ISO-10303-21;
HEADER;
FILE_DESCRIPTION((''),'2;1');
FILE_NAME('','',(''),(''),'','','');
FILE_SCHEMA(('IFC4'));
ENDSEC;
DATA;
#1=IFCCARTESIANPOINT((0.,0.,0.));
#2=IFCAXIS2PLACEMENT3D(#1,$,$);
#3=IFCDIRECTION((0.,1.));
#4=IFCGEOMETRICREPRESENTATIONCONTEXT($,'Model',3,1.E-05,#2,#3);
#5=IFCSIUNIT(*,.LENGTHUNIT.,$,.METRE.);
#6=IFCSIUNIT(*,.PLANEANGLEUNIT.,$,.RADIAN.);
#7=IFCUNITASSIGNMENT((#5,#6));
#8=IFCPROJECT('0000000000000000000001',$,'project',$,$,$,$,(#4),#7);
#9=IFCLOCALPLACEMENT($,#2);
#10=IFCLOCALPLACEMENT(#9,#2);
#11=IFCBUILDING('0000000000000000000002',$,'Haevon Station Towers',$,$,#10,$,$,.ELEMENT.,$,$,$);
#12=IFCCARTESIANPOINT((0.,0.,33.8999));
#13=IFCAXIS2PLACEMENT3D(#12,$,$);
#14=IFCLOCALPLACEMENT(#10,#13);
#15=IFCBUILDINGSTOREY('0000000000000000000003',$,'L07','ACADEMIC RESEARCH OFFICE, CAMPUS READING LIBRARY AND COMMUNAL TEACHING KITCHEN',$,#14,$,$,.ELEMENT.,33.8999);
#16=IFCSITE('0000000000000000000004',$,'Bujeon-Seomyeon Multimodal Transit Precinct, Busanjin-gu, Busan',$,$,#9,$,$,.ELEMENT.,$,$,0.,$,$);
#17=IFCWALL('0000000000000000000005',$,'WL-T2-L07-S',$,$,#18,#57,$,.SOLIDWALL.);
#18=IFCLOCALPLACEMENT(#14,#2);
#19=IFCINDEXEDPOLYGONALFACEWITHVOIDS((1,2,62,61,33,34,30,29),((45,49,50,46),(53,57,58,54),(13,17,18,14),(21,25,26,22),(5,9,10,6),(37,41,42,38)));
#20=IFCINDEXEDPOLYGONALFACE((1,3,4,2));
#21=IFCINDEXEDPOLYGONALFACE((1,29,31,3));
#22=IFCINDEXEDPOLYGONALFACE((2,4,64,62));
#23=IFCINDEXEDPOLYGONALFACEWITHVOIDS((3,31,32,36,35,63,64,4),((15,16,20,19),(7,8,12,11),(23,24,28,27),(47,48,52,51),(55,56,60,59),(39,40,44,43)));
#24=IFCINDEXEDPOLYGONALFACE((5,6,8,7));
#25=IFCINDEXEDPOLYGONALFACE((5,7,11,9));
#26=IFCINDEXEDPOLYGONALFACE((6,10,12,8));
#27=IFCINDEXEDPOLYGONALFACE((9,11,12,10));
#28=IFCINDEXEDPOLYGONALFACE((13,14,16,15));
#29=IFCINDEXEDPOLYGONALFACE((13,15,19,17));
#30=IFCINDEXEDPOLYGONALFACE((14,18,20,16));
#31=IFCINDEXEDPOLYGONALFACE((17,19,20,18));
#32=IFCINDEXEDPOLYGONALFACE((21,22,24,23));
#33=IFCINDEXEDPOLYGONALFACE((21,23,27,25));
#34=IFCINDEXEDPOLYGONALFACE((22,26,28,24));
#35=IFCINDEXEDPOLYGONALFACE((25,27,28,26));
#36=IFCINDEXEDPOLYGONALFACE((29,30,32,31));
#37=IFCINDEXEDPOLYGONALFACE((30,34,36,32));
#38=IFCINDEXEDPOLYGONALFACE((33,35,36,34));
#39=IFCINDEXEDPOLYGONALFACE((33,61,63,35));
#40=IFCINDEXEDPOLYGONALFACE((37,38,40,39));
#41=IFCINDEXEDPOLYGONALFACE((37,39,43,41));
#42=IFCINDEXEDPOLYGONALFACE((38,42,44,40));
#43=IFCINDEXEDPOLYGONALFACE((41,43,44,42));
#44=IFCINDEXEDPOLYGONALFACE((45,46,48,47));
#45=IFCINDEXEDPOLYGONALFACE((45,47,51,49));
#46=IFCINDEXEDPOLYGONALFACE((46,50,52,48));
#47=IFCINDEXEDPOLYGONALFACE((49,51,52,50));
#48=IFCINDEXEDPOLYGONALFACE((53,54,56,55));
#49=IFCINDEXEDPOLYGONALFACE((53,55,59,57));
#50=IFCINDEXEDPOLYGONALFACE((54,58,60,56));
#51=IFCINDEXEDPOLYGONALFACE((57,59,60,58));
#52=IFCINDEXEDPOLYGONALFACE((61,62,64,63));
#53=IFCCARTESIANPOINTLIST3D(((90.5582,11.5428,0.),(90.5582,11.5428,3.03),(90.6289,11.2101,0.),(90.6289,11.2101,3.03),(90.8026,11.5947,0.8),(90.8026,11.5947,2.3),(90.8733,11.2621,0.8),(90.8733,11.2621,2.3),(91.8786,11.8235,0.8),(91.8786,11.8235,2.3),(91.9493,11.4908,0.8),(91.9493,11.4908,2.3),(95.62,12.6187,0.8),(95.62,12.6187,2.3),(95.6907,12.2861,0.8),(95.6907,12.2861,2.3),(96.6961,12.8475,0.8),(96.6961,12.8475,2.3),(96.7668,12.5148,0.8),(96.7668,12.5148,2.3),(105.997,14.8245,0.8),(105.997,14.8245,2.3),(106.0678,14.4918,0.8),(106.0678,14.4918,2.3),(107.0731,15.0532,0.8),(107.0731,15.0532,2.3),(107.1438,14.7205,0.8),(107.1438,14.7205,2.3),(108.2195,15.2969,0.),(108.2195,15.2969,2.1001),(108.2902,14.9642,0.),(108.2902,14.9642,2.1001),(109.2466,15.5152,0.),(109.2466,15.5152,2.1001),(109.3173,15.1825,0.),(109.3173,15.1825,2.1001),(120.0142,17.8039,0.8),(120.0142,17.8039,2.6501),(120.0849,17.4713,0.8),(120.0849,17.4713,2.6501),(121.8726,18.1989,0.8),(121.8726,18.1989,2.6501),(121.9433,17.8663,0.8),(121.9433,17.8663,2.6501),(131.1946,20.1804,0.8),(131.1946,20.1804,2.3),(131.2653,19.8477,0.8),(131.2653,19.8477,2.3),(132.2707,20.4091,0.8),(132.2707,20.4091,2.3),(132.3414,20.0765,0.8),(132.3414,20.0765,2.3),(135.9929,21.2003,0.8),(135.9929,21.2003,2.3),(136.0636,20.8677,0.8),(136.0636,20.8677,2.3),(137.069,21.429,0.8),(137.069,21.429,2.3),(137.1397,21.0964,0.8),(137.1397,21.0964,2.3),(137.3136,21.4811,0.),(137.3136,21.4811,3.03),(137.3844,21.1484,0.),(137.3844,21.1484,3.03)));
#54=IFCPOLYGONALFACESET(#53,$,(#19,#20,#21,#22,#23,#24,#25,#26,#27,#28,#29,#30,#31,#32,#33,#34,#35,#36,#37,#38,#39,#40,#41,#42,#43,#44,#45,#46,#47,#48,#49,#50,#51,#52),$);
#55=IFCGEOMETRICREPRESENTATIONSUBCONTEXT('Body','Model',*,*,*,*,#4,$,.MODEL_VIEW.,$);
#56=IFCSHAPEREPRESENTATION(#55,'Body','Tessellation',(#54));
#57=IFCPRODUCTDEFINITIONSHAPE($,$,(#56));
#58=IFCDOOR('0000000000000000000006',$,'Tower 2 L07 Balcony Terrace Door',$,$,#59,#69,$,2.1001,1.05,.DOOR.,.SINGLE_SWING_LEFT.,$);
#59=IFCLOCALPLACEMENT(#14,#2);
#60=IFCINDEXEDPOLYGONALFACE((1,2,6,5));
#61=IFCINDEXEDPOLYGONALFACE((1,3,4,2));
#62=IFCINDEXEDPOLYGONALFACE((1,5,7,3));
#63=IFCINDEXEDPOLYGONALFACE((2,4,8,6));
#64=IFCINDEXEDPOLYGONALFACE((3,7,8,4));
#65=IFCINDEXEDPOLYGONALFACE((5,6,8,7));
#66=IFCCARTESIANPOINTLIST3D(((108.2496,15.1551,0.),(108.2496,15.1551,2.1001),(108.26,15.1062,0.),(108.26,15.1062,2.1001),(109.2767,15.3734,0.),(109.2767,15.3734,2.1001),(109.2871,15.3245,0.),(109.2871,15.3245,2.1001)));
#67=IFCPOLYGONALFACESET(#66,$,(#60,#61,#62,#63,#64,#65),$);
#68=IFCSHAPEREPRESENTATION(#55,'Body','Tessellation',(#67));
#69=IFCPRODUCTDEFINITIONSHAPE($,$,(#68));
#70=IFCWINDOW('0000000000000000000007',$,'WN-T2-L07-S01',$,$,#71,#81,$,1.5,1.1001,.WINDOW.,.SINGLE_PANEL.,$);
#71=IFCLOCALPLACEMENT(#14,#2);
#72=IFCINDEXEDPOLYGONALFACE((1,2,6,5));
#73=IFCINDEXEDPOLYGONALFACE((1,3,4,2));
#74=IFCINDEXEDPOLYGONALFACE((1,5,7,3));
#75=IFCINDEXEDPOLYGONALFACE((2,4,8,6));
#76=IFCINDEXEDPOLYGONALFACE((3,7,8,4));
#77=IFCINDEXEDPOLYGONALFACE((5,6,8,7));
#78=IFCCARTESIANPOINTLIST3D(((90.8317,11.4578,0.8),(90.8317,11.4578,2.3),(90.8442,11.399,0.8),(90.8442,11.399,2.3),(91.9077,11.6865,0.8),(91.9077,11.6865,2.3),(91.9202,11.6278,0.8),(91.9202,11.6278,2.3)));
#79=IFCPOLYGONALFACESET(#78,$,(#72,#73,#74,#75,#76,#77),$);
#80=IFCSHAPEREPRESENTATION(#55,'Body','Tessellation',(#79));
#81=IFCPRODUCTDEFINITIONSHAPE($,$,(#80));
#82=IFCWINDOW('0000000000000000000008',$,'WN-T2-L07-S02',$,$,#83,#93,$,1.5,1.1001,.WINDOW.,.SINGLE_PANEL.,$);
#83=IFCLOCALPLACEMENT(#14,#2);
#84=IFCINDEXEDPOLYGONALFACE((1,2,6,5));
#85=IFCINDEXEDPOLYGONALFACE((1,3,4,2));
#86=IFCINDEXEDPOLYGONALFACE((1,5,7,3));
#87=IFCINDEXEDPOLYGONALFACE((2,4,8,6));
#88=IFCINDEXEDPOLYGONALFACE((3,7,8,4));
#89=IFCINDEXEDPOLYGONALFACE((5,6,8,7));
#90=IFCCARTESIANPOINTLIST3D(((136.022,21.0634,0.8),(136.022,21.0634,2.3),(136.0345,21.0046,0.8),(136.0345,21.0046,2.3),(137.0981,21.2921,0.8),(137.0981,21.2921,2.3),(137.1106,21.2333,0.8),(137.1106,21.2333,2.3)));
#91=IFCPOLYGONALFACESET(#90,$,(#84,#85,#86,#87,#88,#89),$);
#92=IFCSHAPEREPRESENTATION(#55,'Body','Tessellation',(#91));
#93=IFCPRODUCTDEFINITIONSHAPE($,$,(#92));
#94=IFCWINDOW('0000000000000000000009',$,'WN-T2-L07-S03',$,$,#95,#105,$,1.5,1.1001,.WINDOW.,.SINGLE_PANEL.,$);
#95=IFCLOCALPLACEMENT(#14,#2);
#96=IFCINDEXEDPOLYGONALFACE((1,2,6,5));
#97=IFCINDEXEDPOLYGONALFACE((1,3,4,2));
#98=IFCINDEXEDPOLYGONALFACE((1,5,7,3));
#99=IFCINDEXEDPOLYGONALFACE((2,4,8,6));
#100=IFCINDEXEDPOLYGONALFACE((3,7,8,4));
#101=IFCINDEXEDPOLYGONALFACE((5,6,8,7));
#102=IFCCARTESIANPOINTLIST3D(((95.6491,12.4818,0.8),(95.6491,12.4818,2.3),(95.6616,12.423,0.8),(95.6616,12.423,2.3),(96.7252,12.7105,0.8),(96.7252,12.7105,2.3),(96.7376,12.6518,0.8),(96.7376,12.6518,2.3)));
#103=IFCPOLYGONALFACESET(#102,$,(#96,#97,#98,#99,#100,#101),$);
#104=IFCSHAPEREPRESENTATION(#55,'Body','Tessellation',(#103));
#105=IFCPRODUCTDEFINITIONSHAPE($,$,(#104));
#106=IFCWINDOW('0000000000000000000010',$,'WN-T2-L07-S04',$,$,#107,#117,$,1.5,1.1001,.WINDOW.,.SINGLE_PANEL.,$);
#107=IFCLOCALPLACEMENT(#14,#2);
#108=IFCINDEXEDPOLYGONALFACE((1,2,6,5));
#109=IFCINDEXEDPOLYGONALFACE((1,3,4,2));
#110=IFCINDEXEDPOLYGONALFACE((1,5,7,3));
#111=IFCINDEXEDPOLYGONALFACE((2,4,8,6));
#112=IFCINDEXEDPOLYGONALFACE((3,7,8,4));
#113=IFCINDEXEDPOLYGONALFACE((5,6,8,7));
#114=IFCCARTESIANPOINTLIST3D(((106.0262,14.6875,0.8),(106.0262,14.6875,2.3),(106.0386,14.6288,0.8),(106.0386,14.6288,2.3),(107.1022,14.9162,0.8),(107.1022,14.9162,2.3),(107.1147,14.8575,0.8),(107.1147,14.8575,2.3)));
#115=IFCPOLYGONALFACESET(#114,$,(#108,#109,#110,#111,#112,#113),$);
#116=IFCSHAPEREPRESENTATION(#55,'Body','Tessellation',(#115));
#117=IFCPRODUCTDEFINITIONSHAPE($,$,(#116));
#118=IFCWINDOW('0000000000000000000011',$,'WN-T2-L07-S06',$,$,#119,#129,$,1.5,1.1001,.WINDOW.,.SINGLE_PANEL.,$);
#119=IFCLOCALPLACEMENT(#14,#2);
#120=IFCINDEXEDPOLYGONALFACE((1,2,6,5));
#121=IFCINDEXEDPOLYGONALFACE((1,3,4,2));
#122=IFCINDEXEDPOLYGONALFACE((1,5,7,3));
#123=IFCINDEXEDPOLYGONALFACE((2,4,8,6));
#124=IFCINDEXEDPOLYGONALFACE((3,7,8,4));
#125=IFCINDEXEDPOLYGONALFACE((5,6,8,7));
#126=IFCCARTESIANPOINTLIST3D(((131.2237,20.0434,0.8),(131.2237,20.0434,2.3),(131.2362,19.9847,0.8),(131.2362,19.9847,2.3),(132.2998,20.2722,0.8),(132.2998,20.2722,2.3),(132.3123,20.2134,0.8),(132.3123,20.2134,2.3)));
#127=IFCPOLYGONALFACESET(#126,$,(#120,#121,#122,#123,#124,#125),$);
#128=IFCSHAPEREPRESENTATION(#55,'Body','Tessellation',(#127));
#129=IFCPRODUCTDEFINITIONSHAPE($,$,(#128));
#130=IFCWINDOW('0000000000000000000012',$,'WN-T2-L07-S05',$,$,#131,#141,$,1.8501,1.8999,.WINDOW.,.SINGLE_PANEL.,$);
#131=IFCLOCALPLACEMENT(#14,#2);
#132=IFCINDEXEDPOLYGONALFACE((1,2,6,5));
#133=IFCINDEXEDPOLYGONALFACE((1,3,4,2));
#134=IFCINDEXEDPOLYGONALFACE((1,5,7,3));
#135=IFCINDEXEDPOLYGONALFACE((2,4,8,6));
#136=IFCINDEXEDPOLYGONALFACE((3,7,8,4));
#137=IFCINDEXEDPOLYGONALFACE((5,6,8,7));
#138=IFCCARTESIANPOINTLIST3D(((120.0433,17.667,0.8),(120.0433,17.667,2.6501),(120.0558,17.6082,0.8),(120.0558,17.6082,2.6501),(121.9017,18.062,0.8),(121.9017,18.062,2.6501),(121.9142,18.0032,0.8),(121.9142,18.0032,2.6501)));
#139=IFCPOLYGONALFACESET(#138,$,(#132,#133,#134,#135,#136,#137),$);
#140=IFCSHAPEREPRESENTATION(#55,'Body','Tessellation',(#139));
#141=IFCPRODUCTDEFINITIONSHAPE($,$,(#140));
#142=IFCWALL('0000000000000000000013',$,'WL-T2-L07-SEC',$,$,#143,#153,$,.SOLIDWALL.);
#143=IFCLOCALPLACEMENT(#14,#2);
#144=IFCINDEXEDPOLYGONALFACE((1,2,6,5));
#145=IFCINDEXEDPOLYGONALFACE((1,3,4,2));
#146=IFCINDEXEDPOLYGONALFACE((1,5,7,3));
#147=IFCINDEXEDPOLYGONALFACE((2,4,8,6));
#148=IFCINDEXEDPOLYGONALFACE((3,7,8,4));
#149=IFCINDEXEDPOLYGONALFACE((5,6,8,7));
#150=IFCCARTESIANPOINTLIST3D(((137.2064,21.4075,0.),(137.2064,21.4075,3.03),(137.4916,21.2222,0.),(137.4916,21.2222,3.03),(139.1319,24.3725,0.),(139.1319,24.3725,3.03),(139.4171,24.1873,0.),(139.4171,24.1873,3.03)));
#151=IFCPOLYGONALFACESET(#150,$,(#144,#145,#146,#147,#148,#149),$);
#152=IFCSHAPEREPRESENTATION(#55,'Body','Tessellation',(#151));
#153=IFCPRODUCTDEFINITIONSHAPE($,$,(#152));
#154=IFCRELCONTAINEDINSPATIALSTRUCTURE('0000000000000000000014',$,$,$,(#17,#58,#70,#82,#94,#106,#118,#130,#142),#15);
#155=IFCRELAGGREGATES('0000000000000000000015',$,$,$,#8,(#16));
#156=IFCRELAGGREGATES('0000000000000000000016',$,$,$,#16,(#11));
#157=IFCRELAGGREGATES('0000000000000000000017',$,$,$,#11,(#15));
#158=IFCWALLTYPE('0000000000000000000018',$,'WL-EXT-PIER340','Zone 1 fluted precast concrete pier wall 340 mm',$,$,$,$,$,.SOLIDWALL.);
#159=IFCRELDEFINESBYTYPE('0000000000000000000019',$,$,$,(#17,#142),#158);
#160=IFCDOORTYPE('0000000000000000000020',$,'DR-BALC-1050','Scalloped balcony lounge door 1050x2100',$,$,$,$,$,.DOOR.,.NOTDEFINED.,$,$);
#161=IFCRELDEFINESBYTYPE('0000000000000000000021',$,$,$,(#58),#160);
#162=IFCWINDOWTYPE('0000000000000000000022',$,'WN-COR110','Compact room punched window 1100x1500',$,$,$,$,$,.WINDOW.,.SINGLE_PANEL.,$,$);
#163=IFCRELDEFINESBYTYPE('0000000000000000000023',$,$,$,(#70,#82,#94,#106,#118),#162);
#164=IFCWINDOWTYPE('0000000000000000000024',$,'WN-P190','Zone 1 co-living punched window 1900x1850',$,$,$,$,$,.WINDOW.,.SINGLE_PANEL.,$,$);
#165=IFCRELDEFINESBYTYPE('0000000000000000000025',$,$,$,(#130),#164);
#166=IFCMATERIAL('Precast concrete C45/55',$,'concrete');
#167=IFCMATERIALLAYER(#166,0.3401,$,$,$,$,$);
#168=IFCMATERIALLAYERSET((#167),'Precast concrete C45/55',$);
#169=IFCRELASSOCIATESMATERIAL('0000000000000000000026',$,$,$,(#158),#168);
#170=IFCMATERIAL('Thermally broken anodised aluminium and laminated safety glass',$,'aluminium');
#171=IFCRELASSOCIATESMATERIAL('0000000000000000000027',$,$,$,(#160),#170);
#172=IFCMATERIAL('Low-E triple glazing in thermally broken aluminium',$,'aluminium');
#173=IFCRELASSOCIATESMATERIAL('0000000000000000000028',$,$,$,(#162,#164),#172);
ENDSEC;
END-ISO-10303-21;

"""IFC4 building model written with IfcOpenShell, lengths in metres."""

from ifc_helpers import new_model, si_unit, direction, frame, frame_2d, origin, place, context, subcontext, project, spatial, rectangle, extrude, material, layer, layer_set, type_object, element, fill, save


model = new_model("IFC4")

# Units and contexts
model_context = context("Model", 3, precision=1e-05, world=origin(), true_north=direction((0.0, 1.0)))
body_context = subcontext(model_context, "Body", "Model", "MODEL_VIEW")
ifc_project = project(units=[si_unit("LENGTHUNIT", "METRE"), si_unit("PLANEANGLEUNIT", "RADIAN")], contexts=[model_context])

# Site, building, storey
site_placement = place(None, origin())
site = spatial("IfcSite", under=ifc_project, at=site_placement, Name="Bujeon-Seomyeon Multimodal Transit Precinct, Busanjin-gu, Busan", CompositionType="ELEMENT", RefElevation=0.0)
building_placement = place(site_placement, origin())
building = spatial("IfcBuilding", under=site, at=building_placement, Name="Haevon Station Towers", CompositionType="ELEMENT")
storey_placement = place(building_placement, frame((0.0, 0.0, 33.8999)))
storey = spatial("IfcBuildingStorey", under=building, at=storey_placement, Name="L07", Description="ACADEMIC RESEARCH OFFICE, CAMPUS READING LIBRARY AND COMMUNAL TEACHING KITCHEN", CompositionType="ELEMENT", Elevation=33.8999)

# Wall, openings, door, windows
ifc_material_1 = material(Name="Precast concrete C45/55", Category="concrete")
ifc_layer = layer(ifc_material_1, 0.3401)
ifc_layer_set = layer_set([ifc_layer], Name="Precast concrete C45/55")
wall_type = type_object("IfcWallType", Name="WL-EXT-PIER340", Description="Zone 1 fluted precast concrete pier wall 340 mm", PredefinedType="SOLIDWALL", material=ifc_layer_set)
wall_1_placement = place(storey_placement, frame((137.3489, 21.3147, 0.0), z_axis=(0.0, 0.0, 1.0), x_axis=(-0.978147, -0.207913, 0.0)))
wall_1 = element("IfcWall", 1, at=wall_1_placement, inside=storey, type_object=wall_type, Name="WL-T2-L07-S", PredefinedType="SOLIDWALL", context=body_context, shape_type="SweptSolid", body=[
    extrude(rectangle(XDim=47.8, YDim=0.3401, at=frame_2d((23.8999, 0.0))), origin(), (0.0, 0.0, 1.0), 3.03),
])
opening_1_placement = place(wall_1_placement, frame((28.6941, 0.0, 0.0)))
opening_1 = element("IfcOpeningElement", 2, at=opening_1_placement, cuts=wall_1, PredefinedType="OPENING", context=body_context, shape_type="SweptSolid", body=[
    extrude(rectangle(XDim=1.05, YDim=2.1001, at=frame_2d((0.5249, 1.05))), frame((0.0, 0.1799, 0.0), z_axis=(0.0, -1.0, 0.0), x_axis=(1.0, 0.0, 0.0)), (0.0, 0.0, 1.0), 0.3601),
])
opening_2_placement = place(wall_1_placement, frame((46.45, 0.0, 0.8)))
opening_2 = element("IfcOpeningElement", 3, at=opening_2_placement, cuts=wall_1, PredefinedType="OPENING", context=body_context, shape_type="SweptSolid", body=[
    extrude(rectangle(XDim=1.1001, YDim=1.5, at=frame_2d((0.55, 0.75))), frame((0.0, 0.1799, 0.0), z_axis=(0.0, -1.0, 0.0), x_axis=(1.0, 0.0, 0.0)), (0.0, 0.0, 1.0), 0.3601),
])
opening_3_placement = place(wall_1_placement, frame((0.25, 0.0, 0.8)))
opening_3 = element("IfcOpeningElement", 4, at=opening_3_placement, cuts=wall_1, PredefinedType="OPENING", context=body_context, shape_type="SweptSolid", body=[
    extrude(rectangle(XDim=1.1001, YDim=1.5, at=frame_2d((0.55, 0.75))), frame((0.0, 0.1799, 0.0), z_axis=(0.0, -1.0, 0.0), x_axis=(1.0, 0.0, 0.0)), (0.0, 0.0, 1.0), 0.3601),
])
opening_4_placement = place(wall_1_placement, frame((41.5249, 0.0, 0.8)))
opening_4 = element("IfcOpeningElement", 5, at=opening_4_placement, cuts=wall_1, PredefinedType="OPENING", context=body_context, shape_type="SweptSolid", body=[
    extrude(rectangle(XDim=1.1001, YDim=1.5, at=frame_2d((0.55, 0.75))), frame((0.0, 0.1799, 0.0), z_axis=(0.0, -1.0, 0.0), x_axis=(1.0, 0.0, 0.0)), (0.0, 0.0, 1.0), 0.3601),
])
opening_5_placement = place(wall_1_placement, frame((30.916, 0.0, 0.8)))
opening_5 = element("IfcOpeningElement", 6, at=opening_5_placement, cuts=wall_1, PredefinedType="OPENING", context=body_context, shape_type="SweptSolid", body=[
    extrude(rectangle(XDim=1.1001, YDim=1.5, at=frame_2d((0.55, 0.75))), frame((0.0, 0.1799, 0.0), z_axis=(0.0, -1.0, 0.0), x_axis=(1.0, 0.0, 0.0)), (0.0, 0.0, 1.0), 0.3601),
])
opening_6_placement = place(wall_1_placement, frame((15.7859, 0.0, 0.8)))
opening_6 = element("IfcOpeningElement", 7, at=opening_6_placement, cuts=wall_1, PredefinedType="OPENING", context=body_context, shape_type="SweptSolid", body=[
    extrude(rectangle(XDim=1.8999, YDim=1.8501, at=frame_2d((0.95, 0.925))), frame((0.0, 0.1799, 0.0), z_axis=(0.0, -1.0, 0.0), x_axis=(1.0, 0.0, 0.0)), (0.0, 0.0, 1.0), 0.3601),
])
opening_7_placement = place(wall_1_placement, frame((5.1555, 0.0, 0.8)))
opening_7 = element("IfcOpeningElement", 8, at=opening_7_placement, cuts=wall_1, PredefinedType="OPENING", context=body_context, shape_type="SweptSolid", body=[
    extrude(rectangle(XDim=1.1001, YDim=1.5, at=frame_2d((0.55, 0.75))), frame((0.0, 0.1799, 0.0), z_axis=(0.0, -1.0, 0.0), x_axis=(1.0, 0.0, 0.0)), (0.0, 0.0, 1.0), 0.3601),
])
ifc_material_2 = material(Name="Thermally broken anodised aluminium and laminated safety glass", Category="aluminium")
door_type = type_object("IfcDoorType", Name="DR-BALC-1050", Description="Scalloped balcony lounge door 1050x2100", OperationType="NOTDEFINED", PredefinedType="DOOR", material=ifc_material_2)
door_placement = place(opening_1_placement, origin())
door = element("IfcDoor", 9, at=door_placement, inside=storey, type_object=door_type, Name="Tower 2 L07 Balcony Terrace Door", OperationType="SINGLE_SWING_LEFT", OverallHeight=2.1001, OverallWidth=1.05, PredefinedType="DOOR", context=body_context, shape_type="SweptSolid", body=[
    extrude(rectangle(XDim=1.05, YDim=2.1001, at=frame_2d((0.5249, 1.05))), frame((0.0, 0.0249, 0.0), z_axis=(0.0, -1.0, 0.0), x_axis=(1.0, 0.0, 0.0)), (0.0, 0.0, 1.0), 0.05),
])
fill(opening_1, door)
ifc_material_3 = material(Name="Low-E triple glazing in thermally broken aluminium", Category="aluminium")
window_type_1 = type_object("IfcWindowType", Name="WN-COR110", Description="Compact room punched window 1100x1500", PartitioningType="SINGLE_PANEL", PredefinedType="WINDOW", material=ifc_material_3)
window_1_placement = place(opening_2_placement, origin())
window_1 = element("IfcWindow", 10, at=window_1_placement, inside=storey, type_object=window_type_1, Name="WN-T2-L07-S01", OverallHeight=1.5, OverallWidth=1.1001, PartitioningType="SINGLE_PANEL", PredefinedType="WINDOW", context=body_context, shape_type="SweptSolid", body=[
    extrude(rectangle(XDim=1.1001, YDim=1.5, at=frame_2d((0.55, 0.75))), frame((0.0, 0.03, 0.0), z_axis=(0.0, -1.0, 0.0), x_axis=(1.0, 0.0, 0.0)), (0.0, 0.0, 1.0), 0.0601),
])
fill(opening_2, window_1)
window_2_placement = place(opening_3_placement, origin())
window_2 = element("IfcWindow", 11, at=window_2_placement, inside=storey, type_object=window_type_1, Name="WN-T2-L07-S02", OverallHeight=1.5, OverallWidth=1.1001, PartitioningType="SINGLE_PANEL", PredefinedType="WINDOW", context=body_context, shape_type="SweptSolid", body=[
    extrude(rectangle(XDim=1.1001, YDim=1.5, at=frame_2d((0.55, 0.75))), frame((0.0, 0.03, 0.0), z_axis=(0.0, -1.0, 0.0), x_axis=(1.0, 0.0, 0.0)), (0.0, 0.0, 1.0), 0.0601),
])
fill(opening_3, window_2)
window_3_placement = place(opening_4_placement, origin())
window_3 = element("IfcWindow", 12, at=window_3_placement, inside=storey, type_object=window_type_1, Name="WN-T2-L07-S03", OverallHeight=1.5, OverallWidth=1.1001, PartitioningType="SINGLE_PANEL", PredefinedType="WINDOW", context=body_context, shape_type="SweptSolid", body=[
    extrude(rectangle(XDim=1.1001, YDim=1.5, at=frame_2d((0.55, 0.75))), frame((0.0, 0.03, 0.0), z_axis=(0.0, -1.0, 0.0), x_axis=(1.0, 0.0, 0.0)), (0.0, 0.0, 1.0), 0.0601),
])
fill(opening_4, window_3)
window_4_placement = place(opening_5_placement, origin())
window_4 = element("IfcWindow", 13, at=window_4_placement, inside=storey, type_object=window_type_1, Name="WN-T2-L07-S04", OverallHeight=1.5, OverallWidth=1.1001, PartitioningType="SINGLE_PANEL", PredefinedType="WINDOW", context=body_context, shape_type="SweptSolid", body=[
    extrude(rectangle(XDim=1.1001, YDim=1.5, at=frame_2d((0.55, 0.75))), frame((0.0, 0.03, 0.0), z_axis=(0.0, -1.0, 0.0), x_axis=(1.0, 0.0, 0.0)), (0.0, 0.0, 1.0), 0.0601),
])
fill(opening_5, window_4)
window_5_placement = place(opening_7_placement, origin())
window_5 = element("IfcWindow", 14, at=window_5_placement, inside=storey, type_object=window_type_1, Name="WN-T2-L07-S06", OverallHeight=1.5, OverallWidth=1.1001, PartitioningType="SINGLE_PANEL", PredefinedType="WINDOW", context=body_context, shape_type="SweptSolid", body=[
    extrude(rectangle(XDim=1.1001, YDim=1.5, at=frame_2d((0.55, 0.75))), frame((0.0, 0.03, 0.0), z_axis=(0.0, -1.0, 0.0), x_axis=(1.0, 0.0, 0.0)), (0.0, 0.0, 1.0), 0.0601),
])
fill(opening_7, window_5)
window_type_2 = type_object("IfcWindowType", Name="WN-P190", Description="Zone 1 co-living punched window 1900x1850", PartitioningType="SINGLE_PANEL", PredefinedType="WINDOW", material=ifc_material_3)
window_6_placement = place(opening_6_placement, origin())
window_6 = element("IfcWindow", 15, at=window_6_placement, inside=storey, type_object=window_type_2, Name="WN-T2-L07-S05", OverallHeight=1.8501, OverallWidth=1.8999, PartitioningType="SINGLE_PANEL", PredefinedType="WINDOW", context=body_context, shape_type="SweptSolid", body=[
    extrude(rectangle(XDim=1.8999, YDim=1.8501, at=frame_2d((0.95, 0.925))), frame((0.0, 0.03, 0.0), z_axis=(0.0, -1.0, 0.0), x_axis=(1.0, 0.0, 0.0)), (0.0, 0.0, 1.0), 0.0601),
])
fill(opening_6, window_6)

# Wall
wall_2_placement = place(storey_placement, frame((139.2744, 24.2798, 0.0), z_axis=(0.0, 0.0, 1.0), x_axis=(-0.544636, -0.838672, 0.0)))
element("IfcWall", 16, at=wall_2_placement, inside=storey, type_object=wall_type, Name="WL-T2-L07-SEC", PredefinedType="SOLIDWALL", context=body_context, shape_type="SweptSolid", body=[
    extrude(rectangle(XDim=3.5354, YDim=0.3401, at=frame_2d((1.7676, 0.0))), origin(), (0.0, 0.0, 1.0), 3.03),
])

save(model, "model.ifc")
